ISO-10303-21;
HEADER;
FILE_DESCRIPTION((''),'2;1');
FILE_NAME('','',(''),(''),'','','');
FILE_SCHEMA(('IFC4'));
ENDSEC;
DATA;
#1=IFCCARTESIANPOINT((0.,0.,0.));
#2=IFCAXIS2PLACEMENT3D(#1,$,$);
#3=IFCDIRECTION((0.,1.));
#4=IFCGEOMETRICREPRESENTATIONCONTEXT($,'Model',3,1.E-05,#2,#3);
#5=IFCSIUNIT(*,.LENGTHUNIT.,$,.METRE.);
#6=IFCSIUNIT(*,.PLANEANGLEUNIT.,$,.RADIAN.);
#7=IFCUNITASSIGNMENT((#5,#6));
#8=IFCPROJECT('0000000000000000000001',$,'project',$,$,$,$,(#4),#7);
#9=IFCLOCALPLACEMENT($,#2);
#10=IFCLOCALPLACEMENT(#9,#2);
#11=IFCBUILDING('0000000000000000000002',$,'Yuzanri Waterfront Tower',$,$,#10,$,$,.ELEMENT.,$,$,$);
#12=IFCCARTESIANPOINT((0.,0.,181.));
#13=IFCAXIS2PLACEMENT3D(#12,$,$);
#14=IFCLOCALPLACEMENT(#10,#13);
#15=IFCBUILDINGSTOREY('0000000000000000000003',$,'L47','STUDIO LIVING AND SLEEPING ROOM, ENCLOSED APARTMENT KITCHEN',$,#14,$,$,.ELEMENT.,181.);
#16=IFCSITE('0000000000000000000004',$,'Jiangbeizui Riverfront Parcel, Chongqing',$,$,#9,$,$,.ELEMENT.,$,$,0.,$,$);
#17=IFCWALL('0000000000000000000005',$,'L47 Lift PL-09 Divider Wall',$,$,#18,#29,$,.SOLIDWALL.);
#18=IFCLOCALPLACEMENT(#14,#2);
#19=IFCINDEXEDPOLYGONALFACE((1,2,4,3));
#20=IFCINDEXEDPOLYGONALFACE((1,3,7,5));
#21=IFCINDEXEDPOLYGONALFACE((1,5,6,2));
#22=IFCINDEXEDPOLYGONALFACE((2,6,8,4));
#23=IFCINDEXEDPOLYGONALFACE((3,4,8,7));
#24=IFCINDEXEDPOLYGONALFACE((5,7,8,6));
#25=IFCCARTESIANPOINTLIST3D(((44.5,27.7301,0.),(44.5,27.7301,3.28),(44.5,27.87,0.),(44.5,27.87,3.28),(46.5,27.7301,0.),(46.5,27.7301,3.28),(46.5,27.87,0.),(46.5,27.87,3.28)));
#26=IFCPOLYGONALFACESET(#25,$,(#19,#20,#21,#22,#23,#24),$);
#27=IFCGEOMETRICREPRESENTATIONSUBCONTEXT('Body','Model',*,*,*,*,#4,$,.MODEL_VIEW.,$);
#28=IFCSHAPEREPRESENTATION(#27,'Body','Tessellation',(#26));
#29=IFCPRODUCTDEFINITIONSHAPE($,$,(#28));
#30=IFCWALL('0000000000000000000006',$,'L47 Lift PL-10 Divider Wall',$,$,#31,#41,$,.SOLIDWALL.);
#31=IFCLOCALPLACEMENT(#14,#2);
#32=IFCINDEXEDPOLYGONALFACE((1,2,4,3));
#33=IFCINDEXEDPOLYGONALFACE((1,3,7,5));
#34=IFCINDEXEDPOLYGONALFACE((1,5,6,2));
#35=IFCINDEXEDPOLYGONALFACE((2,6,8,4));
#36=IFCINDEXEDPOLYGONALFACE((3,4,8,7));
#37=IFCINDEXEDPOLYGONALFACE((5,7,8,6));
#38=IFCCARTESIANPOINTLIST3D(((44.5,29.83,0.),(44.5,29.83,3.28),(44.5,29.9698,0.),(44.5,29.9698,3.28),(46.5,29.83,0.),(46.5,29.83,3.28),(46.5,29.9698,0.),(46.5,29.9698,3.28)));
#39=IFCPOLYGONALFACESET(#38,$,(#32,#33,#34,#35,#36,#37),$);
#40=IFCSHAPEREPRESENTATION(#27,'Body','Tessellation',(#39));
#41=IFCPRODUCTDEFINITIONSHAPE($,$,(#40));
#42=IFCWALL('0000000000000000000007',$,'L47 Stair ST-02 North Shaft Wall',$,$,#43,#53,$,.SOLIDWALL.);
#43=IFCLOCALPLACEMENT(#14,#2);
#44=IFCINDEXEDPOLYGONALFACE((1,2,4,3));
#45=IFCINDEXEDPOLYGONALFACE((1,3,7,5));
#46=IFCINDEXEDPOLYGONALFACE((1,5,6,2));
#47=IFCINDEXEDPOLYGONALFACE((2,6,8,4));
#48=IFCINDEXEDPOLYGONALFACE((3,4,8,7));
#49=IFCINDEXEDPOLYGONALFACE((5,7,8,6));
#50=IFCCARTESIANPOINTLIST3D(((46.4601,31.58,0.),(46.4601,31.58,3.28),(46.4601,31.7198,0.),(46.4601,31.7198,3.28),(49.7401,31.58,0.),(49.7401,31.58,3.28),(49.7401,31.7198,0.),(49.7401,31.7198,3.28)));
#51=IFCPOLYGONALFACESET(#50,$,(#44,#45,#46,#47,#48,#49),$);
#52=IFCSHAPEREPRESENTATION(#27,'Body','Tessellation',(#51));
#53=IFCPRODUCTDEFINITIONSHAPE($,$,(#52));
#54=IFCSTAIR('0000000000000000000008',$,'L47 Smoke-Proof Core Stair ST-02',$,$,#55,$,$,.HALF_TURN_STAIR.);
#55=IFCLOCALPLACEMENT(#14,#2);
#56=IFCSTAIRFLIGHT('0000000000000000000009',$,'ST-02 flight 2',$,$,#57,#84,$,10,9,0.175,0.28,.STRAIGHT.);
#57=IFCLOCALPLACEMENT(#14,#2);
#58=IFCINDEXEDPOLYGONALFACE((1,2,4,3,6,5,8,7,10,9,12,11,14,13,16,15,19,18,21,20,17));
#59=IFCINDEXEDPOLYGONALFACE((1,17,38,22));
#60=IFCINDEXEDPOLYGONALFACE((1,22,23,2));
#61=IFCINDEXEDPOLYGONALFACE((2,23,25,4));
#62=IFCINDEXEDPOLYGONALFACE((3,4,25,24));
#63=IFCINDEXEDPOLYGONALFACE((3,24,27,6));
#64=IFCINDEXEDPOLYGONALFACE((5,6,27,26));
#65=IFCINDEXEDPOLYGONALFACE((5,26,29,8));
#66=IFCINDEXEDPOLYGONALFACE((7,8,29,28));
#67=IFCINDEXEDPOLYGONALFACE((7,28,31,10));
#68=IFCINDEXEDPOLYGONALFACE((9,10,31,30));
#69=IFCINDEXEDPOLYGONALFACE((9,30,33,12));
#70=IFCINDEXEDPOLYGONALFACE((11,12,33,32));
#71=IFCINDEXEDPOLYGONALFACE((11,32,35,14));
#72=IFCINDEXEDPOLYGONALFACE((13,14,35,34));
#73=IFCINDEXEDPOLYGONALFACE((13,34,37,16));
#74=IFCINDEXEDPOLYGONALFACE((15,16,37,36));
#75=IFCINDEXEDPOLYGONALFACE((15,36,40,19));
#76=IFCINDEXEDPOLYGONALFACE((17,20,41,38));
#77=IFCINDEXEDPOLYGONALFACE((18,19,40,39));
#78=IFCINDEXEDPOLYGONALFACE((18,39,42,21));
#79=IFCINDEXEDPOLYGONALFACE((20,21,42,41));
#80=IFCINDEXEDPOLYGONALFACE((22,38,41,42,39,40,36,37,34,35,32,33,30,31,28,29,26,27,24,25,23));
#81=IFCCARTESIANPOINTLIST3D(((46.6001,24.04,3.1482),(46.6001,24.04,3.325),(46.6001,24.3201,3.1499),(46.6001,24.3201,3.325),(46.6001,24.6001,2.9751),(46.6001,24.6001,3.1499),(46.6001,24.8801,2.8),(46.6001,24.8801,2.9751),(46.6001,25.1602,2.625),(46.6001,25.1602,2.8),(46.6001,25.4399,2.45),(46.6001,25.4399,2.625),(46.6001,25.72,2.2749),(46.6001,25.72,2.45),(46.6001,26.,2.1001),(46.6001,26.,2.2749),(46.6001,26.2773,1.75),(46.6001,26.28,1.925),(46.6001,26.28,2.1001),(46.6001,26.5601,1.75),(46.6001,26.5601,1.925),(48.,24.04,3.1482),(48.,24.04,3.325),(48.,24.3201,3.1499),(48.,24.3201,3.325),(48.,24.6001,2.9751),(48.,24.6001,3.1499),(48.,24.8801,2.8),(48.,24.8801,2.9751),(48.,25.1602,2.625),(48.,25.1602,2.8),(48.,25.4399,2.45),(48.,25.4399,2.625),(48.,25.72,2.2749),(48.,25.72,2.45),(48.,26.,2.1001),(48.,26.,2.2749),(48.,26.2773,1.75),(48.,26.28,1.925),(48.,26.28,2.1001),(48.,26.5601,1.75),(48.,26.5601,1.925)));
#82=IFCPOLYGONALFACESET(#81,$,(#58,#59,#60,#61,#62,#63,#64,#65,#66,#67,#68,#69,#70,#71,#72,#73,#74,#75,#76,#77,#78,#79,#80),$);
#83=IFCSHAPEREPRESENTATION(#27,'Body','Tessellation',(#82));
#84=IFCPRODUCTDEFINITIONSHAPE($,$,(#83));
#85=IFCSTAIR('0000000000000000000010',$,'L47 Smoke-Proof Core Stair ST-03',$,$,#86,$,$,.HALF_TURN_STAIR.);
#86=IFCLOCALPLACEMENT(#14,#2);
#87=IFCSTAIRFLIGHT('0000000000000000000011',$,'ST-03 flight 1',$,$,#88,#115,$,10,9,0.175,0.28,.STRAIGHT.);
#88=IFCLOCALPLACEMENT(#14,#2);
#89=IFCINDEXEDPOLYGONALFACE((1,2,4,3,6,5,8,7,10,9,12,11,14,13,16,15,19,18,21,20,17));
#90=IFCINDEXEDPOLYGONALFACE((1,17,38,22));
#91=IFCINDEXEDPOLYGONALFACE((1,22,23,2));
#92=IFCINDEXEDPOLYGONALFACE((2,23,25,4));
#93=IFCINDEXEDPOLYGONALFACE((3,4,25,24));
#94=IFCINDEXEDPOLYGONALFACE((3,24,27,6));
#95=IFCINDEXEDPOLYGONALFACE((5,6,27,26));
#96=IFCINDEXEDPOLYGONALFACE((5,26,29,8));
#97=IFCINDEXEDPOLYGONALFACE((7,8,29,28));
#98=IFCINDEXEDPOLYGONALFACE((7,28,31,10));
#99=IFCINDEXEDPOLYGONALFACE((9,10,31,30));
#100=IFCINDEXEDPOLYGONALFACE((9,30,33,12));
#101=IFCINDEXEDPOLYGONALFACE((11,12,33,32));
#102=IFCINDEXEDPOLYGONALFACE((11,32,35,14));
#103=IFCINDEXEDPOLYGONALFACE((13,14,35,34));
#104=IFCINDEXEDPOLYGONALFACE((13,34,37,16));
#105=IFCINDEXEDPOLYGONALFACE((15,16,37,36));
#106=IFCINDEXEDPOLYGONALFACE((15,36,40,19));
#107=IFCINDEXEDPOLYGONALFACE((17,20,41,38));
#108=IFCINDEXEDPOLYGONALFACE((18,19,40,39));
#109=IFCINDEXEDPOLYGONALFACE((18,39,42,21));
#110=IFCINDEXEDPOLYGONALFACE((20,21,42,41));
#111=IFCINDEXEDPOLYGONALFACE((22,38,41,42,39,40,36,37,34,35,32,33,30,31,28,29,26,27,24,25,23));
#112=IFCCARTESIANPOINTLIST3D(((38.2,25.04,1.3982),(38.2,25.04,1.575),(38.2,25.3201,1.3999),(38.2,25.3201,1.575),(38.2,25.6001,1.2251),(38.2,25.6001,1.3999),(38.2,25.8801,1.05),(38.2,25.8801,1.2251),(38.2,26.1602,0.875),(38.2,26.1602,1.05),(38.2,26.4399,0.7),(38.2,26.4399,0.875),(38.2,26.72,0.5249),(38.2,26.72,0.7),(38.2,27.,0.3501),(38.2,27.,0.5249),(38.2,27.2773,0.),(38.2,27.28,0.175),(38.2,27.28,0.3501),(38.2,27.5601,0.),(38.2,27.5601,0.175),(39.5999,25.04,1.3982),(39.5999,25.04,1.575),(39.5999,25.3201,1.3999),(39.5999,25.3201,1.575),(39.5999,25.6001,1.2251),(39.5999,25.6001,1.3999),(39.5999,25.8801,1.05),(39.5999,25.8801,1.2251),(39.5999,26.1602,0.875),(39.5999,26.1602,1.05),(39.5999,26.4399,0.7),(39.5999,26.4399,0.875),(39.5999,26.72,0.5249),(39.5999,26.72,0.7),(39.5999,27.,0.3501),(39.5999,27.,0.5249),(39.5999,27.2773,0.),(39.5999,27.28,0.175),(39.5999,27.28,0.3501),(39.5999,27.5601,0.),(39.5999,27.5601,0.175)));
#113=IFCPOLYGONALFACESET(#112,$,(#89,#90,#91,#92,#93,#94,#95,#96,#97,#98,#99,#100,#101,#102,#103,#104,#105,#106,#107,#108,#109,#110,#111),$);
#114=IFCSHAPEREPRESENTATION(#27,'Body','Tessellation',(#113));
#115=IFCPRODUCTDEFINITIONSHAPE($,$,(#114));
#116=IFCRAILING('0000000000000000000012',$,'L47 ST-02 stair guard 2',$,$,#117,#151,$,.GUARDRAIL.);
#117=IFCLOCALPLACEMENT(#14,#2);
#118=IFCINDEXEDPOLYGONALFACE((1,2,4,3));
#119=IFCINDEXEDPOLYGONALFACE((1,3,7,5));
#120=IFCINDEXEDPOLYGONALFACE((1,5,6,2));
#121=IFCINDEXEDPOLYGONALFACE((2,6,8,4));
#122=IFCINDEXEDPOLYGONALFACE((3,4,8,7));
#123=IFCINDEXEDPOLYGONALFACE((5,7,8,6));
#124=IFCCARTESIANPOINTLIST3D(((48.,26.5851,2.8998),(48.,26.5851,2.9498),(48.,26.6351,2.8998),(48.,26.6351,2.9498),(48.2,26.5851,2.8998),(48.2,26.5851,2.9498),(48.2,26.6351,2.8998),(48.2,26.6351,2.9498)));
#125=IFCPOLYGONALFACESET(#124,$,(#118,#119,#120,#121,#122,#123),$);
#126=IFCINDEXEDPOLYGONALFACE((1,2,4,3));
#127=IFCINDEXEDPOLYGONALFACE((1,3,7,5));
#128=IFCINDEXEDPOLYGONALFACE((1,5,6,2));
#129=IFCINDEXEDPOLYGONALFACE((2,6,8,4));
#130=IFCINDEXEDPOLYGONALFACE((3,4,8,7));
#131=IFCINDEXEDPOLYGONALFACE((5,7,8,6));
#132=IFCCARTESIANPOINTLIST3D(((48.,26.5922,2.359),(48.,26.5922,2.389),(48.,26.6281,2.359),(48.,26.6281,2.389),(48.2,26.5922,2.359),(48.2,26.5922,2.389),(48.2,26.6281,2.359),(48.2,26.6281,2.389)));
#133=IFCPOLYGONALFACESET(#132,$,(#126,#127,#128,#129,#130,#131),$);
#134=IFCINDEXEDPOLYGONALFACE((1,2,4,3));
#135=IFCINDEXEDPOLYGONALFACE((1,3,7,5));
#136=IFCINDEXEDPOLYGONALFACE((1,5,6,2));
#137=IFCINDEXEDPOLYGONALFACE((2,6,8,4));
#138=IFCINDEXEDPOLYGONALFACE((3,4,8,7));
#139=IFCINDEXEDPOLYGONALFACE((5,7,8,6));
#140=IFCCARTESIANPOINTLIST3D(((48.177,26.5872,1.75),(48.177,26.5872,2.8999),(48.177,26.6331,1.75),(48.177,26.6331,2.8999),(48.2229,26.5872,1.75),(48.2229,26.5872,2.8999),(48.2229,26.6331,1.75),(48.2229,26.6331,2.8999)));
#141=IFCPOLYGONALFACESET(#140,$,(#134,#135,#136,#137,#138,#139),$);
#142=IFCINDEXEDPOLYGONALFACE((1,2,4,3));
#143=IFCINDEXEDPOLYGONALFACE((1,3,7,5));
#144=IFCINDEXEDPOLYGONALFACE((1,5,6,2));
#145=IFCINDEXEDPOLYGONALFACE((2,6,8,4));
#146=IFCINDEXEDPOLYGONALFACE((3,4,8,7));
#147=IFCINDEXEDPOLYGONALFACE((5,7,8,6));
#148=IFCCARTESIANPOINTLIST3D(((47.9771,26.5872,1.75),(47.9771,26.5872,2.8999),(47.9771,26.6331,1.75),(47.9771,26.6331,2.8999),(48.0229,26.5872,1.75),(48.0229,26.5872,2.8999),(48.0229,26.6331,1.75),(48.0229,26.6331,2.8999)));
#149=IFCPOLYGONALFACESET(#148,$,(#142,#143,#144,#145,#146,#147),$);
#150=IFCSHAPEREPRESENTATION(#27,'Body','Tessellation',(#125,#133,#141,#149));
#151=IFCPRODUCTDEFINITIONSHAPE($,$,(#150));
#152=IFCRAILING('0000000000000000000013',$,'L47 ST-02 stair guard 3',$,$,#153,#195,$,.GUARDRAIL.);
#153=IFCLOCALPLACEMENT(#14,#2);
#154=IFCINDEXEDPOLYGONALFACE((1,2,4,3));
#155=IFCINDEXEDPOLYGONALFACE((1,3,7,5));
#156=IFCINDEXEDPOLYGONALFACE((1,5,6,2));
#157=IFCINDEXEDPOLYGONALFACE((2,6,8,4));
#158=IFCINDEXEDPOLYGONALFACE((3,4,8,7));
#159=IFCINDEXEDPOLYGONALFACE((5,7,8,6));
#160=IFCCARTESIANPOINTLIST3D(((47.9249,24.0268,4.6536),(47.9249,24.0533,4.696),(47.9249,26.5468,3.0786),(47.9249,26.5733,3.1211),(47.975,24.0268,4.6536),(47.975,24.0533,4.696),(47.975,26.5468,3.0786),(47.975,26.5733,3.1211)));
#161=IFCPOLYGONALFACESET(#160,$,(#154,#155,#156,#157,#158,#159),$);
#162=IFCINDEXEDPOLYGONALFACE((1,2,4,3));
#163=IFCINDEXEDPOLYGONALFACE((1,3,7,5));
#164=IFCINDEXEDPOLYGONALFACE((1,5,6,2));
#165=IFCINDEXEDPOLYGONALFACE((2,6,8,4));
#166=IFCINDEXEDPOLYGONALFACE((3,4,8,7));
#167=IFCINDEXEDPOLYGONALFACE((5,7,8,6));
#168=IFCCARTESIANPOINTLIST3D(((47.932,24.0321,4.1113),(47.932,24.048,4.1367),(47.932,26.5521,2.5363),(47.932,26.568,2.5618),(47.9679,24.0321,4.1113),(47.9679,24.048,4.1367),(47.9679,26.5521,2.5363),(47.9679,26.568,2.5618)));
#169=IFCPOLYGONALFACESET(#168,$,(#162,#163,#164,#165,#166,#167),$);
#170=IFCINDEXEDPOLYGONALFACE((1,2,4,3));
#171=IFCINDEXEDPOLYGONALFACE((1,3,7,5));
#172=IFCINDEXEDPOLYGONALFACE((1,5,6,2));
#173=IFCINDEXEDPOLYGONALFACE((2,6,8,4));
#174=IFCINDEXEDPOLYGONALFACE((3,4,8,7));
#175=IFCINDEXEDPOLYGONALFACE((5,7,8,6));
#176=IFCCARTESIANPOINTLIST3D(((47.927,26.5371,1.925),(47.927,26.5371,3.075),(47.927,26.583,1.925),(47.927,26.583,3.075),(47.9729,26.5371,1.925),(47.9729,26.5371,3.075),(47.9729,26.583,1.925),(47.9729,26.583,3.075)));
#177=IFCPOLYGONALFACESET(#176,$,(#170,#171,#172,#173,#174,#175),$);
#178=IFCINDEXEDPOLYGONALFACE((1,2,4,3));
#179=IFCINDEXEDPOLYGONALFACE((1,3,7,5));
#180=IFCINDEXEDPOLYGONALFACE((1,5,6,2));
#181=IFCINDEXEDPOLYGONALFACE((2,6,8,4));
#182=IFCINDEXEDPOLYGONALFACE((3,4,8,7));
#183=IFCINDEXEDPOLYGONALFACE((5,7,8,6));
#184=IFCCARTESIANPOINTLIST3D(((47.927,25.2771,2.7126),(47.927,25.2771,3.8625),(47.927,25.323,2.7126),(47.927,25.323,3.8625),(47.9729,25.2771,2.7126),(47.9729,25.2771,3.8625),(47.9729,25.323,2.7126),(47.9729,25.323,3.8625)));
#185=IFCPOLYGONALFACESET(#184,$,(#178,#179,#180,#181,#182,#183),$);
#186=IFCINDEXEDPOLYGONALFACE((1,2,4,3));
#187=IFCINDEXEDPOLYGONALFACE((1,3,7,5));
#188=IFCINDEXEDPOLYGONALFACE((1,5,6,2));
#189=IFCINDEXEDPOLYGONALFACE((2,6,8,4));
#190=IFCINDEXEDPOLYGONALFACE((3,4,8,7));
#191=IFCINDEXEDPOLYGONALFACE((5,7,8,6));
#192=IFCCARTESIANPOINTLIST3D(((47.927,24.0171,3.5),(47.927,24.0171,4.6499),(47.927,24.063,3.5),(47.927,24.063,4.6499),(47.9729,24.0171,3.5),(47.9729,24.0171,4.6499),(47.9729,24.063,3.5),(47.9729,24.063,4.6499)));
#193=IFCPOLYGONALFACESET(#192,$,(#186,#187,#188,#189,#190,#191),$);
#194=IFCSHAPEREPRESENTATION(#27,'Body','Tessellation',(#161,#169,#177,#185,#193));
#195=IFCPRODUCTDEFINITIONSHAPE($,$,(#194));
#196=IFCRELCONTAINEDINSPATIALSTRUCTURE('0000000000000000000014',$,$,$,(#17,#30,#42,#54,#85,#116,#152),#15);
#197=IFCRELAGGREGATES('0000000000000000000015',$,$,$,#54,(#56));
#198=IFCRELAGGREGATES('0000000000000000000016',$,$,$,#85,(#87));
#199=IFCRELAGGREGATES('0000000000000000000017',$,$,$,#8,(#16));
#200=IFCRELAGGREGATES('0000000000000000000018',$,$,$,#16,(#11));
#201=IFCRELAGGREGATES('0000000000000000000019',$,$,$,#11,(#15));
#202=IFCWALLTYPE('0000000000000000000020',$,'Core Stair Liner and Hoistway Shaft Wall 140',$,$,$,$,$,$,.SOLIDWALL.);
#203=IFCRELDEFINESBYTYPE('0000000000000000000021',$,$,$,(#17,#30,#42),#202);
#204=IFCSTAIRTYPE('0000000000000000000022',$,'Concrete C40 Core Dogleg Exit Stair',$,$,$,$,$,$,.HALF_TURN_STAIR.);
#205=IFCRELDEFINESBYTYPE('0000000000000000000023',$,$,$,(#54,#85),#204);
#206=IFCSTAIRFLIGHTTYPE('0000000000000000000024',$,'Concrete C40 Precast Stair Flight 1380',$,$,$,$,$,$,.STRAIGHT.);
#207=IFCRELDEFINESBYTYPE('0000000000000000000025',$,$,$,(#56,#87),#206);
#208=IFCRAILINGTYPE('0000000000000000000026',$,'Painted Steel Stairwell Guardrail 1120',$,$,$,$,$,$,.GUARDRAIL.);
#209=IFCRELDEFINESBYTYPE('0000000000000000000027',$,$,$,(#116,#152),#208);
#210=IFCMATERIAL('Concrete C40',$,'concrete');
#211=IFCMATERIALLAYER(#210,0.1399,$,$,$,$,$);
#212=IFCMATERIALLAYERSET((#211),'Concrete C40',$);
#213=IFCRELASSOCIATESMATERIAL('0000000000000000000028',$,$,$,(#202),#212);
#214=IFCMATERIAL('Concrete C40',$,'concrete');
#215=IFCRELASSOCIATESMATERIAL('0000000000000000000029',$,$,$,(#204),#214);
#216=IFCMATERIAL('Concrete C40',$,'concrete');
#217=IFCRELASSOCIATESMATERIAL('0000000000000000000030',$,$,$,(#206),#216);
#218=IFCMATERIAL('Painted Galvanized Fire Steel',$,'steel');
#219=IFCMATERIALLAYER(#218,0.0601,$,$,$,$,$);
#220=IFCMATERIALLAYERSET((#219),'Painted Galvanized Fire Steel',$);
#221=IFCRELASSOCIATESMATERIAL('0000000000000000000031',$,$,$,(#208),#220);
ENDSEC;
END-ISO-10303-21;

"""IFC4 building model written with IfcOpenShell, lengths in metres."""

from ifc_helpers import new_model, si_unit, direction, frame, frame_2d, origin, origin_2d, place, context, subcontext, project, spatial, polyline, rectangle, outline, extrude, source, transform, mapped, material, layer, layer_set, type_object, element, aggregate, save


model = new_model("IFC4")

# Units and contexts
model_context = context("Model", 3, precision=1e-05, world=origin(), true_north=direction((0.0, 1.0)))
body_context = subcontext(model_context, "Body", "Model", "MODEL_VIEW")
ifc_project = project(units=[si_unit("LENGTHUNIT", "METRE"), si_unit("PLANEANGLEUNIT", "RADIAN")], contexts=[model_context])

# Site, building, storey
site_placement = place(None, origin())
site = spatial("IfcSite", under=ifc_project, at=site_placement, Name="Jiangbeizui Riverfront Parcel, Chongqing", CompositionType="ELEMENT", RefElevation=0.0)
building_placement = place(site_placement, origin())
building = spatial("IfcBuilding", under=site, at=building_placement, Name="Yuzanri Waterfront Tower", CompositionType="ELEMENT")
storey_placement = place(building_placement, frame((0.0, 0.0, 181.0)))
storey = spatial("IfcBuildingStorey", under=building, at=storey_placement, Name="L47", Description="STUDIO LIVING AND SLEEPING ROOM, ENCLOSED APARTMENT KITCHEN", CompositionType="ELEMENT", Elevation=181.0)

# Shared definitions
ifc_material_1 = material(Name="Concrete C40", Category="concrete")
ifc_layer_1 = layer(ifc_material_1, 0.1399)
ifc_layer_set_1 = layer_set([ifc_layer_1], Name="Concrete C40")
wall_type = type_object("IfcWallType", Name="Core Stair Liner and Hoistway Shaft Wall 140", PredefinedType="SOLIDWALL", material=ifc_layer_set_1)

# Walls
shared_shape_1 = source(origin(), body_context, "Body", "SweptSolid", [
    extrude(rectangle(XDim=2.0, YDim=0.1399, at=frame_2d((1.0, 0.0))), origin(), (0.0, 0.0, 1.0), 3.28),
])
for number, where, z_axis, x_axis, name in (
    (1, (44.5, 27.8, 0.0), (0.0, 0.0, 1.0), (1.0, 0.0, 0.0), "L47 Lift PL-09 Divider Wall"),
    (2, (44.5, 29.8999, 0.0), (0.0, 0.0, 1.0), (1.0, 0.0, 0.0), "L47 Lift PL-10 Divider Wall"),
):
    element("IfcWall", number, at=place(storey_placement, frame(where, z_axis=z_axis, x_axis=x_axis)), inside=storey, type_object=wall_type, Name=name, PredefinedType="SOLIDWALL", context=body_context, shape_type="MappedRepresentation", body=[
        mapped(shared_shape_1, transform((0.0, 0.0, 0.0), scale=1.0)),
    ])
shared_shape_2 = source(origin(), body_context, "Body", "SweptSolid", [
    extrude(rectangle(XDim=3.28, YDim=0.1399, at=frame_2d((1.6401, 0.0))), origin(), (0.0, 0.0, 1.0), 3.28),
])
wall_1_placement = place(storey_placement, frame((46.46, 31.6499, 0.0), z_axis=(0.0, 0.0, 1.0), x_axis=(1.0, 0.0, 0.0)))
element("IfcWall", 3, at=wall_1_placement, inside=storey, type_object=wall_type, Name="L47 Stair ST-02 North Shaft Wall", PredefinedType="SOLIDWALL", context=body_context, shape_type="MappedRepresentation", body=[
    mapped(shared_shape_2, transform((0.0, 0.0, 0.0), scale=1.0)),
])

# Stairs, stair flights
ifc_material_2 = material(Name="Concrete C40", Category="concrete")
stair_type = type_object("IfcStairType", Name="Concrete C40 Core Dogleg Exit Stair", PredefinedType="HALF_TURN_STAIR", material=ifc_material_2)
stair_1_placement = place(storey_placement, origin())
stair_1 = element("IfcStair", 4, at=stair_1_placement, inside=storey, type_object=stair_type, Name="L47 Smoke-Proof Core Stair ST-02", PredefinedType="HALF_TURN_STAIR")
ifc_material_3 = material(Name="Concrete C40", Category="concrete")
stair_flight_type = type_object("IfcStairFlightType", Name="Concrete C40 Precast Stair Flight 1380", PredefinedType="STRAIGHT", material=ifc_material_3)
shared_shape_3 = source(origin(), body_context, "Body", "SweptSolid", [
    extrude(outline(polyline([(0.0, 0.0), (0.0, 0.175), (0.28, 0.175), (0.28, 0.3501), (0.5601, 0.3501), (0.5601, 0.5249), (0.8401, 0.5249), (0.8401, 0.7), (1.1201, 0.7), (1.1201, 0.875), (1.3999, 0.875), (1.3999, 1.05), (1.6799, 1.05), (1.6799, 1.2251), (1.96, 1.2251), (1.96, 1.3999), (2.24, 1.3999), (2.24, 1.575), (2.52, 1.575), (2.52, 1.75), (2.52, 1.3982), (0.2827, 0.0), (0.0, 0.0)])), frame((0.0, 0.7, 0.0), z_axis=(0.0, -1.0, 0.0), x_axis=(1.0, 0.0, 0.0)), (0.0, 0.0, 1.0), 1.3999),
])
stair_flight_1_placement = place(storey_placement, frame((47.3, 26.5601, 1.75), z_axis=(0.0, 0.0, 1.0), x_axis=(0.0, -1.0, 0.0)))
stair_flight_1 = element("IfcStairFlight", 5, at=stair_flight_1_placement, type_object=stair_flight_type, Name="ST-02 flight 2", NumberOfRisers=10, NumberOfTreads=9, PredefinedType="STRAIGHT", RiserHeight=0.175, TreadLength=0.28, context=body_context, shape_type="MappedRepresentation", body=[
    mapped(shared_shape_3, transform((0.0, 0.0, 0.0), scale=1.0)),
])
aggregate(stair_1, [stair_flight_1])
stair_2_placement = place(storey_placement, origin())
stair_2 = element("IfcStair", 6, at=stair_2_placement, inside=storey, type_object=stair_type, Name="L47 Smoke-Proof Core Stair ST-03", PredefinedType="HALF_TURN_STAIR")
stair_flight_2_placement = place(storey_placement, frame((38.8999, 27.5601, 0.0), z_axis=(0.0, 0.0, 1.0), x_axis=(0.0, -1.0, 0.0)))
stair_flight_2 = element("IfcStairFlight", 7, at=stair_flight_2_placement, type_object=stair_flight_type, Name="ST-03 flight 1", NumberOfRisers=10, NumberOfTreads=9, PredefinedType="STRAIGHT", RiserHeight=0.175, TreadLength=0.28, context=body_context, shape_type="MappedRepresentation", body=[
    mapped(shared_shape_3, transform((0.0, 0.0, 0.0), scale=1.0)),
])
aggregate(stair_2, [stair_flight_2])

# Railings
ifc_material_4 = material(Name="Painted Galvanized Fire Steel", Category="steel")
ifc_layer_2 = layer(ifc_material_4, 0.0601)
ifc_layer_set_2 = layer_set([ifc_layer_2], Name="Painted Galvanized Fire Steel")
railing_type_1 = type_object("IfcRailingType", Name="Painted Steel Stairwell Guardrail 1120", PredefinedType="GUARDRAIL", material=ifc_layer_set_2)
shared_shape_4 = source(origin(), body_context, "Body", "SweptSolid", [
    extrude(rectangle(XDim=0.05, YDim=0.05, at=origin_2d()), frame((0.0, 0.0, 1.1748), z_axis=(-1.0, 0.0, 0.0), x_axis=(0.0, -1.0, 0.0)), (0.0, 0.0, 1.0), 0.2),
    extrude(rectangle(XDim=0.0359, YDim=0.03, at=origin_2d()), frame((0.0, 0.0, 0.624), z_axis=(-1.0, 0.0, 0.0), x_axis=(0.0, -1.0, 0.0)), (0.0, 0.0, 1.0), 0.2),
    extrude(rectangle(XDim=0.0459, YDim=0.0459, at=origin_2d()), origin(), (0.0, 0.0, 1.0), 1.1499),
    extrude(rectangle(XDim=0.0459, YDim=0.0459, at=origin_2d()), frame((-0.2, 0.0, 0.0)), (0.0, 0.0, 1.0), 1.1499),
])
railing_1_placement = place(storey_placement, frame((48.2, 26.6101, 1.75)))
element("IfcRailing", 8, at=railing_1_placement, inside=storey, type_object=railing_type_1, Name="L47 ST-02 stair guard 2", PredefinedType="GUARDRAIL", context=body_context, shape_type="MappedRepresentation", body=[
    mapped(shared_shape_4, transform((0.0, 0.0, 0.0), scale=1.0)),
])
shared_shape_5 = source(origin(), body_context, "Body", "SweptSolid", [
    extrude(rectangle(XDim=0.05, YDim=0.05, at=origin_2d()), frame((0.0, 0.0, 1.1748), z_axis=(0.0, -0.848008, 0.529984), x_axis=(1.0, 0.0, 0.0)), (0.0, 0.0, 1.0), 2.9717),
    extrude(rectangle(XDim=0.0359, YDim=0.03, at=origin_2d()), frame((0.0, 0.0, 0.624), z_axis=(0.0, -0.848008, 0.529984), x_axis=(1.0, 0.0, 0.0)), (0.0, 0.0, 1.0), 2.9717),
    extrude(rectangle(XDim=0.0459, YDim=0.0459, at=origin_2d()), origin(), (0.0, 0.0, 1.0), 1.1499),
    extrude(rectangle(XDim=0.0459, YDim=0.0459, at=origin_2d()), frame((0.0, -1.26, 0.7876)), (0.0, 0.0, 1.0), 1.1499),
    extrude(rectangle(XDim=0.0459, YDim=0.0459, at=origin_2d()), frame((0.0, -2.52, 1.575)), (0.0, 0.0, 1.0), 1.1499),
])
for number, where, name in (
    (9, (47.95, 26.5601, 1.925), "L47 ST-02 stair guard 3"),
):
    element("IfcRailing", number, at=place(storey_placement, frame(where)), inside=storey, type_object=railing_type_1, Name=name, PredefinedType="GUARDRAIL", context=body_context, shape_type="MappedRepresentation", body=[
        mapped(shared_shape_5, transform((0.0, 0.0, 0.0), scale=1.0)),
    ])

save(model, "model.ifc")
